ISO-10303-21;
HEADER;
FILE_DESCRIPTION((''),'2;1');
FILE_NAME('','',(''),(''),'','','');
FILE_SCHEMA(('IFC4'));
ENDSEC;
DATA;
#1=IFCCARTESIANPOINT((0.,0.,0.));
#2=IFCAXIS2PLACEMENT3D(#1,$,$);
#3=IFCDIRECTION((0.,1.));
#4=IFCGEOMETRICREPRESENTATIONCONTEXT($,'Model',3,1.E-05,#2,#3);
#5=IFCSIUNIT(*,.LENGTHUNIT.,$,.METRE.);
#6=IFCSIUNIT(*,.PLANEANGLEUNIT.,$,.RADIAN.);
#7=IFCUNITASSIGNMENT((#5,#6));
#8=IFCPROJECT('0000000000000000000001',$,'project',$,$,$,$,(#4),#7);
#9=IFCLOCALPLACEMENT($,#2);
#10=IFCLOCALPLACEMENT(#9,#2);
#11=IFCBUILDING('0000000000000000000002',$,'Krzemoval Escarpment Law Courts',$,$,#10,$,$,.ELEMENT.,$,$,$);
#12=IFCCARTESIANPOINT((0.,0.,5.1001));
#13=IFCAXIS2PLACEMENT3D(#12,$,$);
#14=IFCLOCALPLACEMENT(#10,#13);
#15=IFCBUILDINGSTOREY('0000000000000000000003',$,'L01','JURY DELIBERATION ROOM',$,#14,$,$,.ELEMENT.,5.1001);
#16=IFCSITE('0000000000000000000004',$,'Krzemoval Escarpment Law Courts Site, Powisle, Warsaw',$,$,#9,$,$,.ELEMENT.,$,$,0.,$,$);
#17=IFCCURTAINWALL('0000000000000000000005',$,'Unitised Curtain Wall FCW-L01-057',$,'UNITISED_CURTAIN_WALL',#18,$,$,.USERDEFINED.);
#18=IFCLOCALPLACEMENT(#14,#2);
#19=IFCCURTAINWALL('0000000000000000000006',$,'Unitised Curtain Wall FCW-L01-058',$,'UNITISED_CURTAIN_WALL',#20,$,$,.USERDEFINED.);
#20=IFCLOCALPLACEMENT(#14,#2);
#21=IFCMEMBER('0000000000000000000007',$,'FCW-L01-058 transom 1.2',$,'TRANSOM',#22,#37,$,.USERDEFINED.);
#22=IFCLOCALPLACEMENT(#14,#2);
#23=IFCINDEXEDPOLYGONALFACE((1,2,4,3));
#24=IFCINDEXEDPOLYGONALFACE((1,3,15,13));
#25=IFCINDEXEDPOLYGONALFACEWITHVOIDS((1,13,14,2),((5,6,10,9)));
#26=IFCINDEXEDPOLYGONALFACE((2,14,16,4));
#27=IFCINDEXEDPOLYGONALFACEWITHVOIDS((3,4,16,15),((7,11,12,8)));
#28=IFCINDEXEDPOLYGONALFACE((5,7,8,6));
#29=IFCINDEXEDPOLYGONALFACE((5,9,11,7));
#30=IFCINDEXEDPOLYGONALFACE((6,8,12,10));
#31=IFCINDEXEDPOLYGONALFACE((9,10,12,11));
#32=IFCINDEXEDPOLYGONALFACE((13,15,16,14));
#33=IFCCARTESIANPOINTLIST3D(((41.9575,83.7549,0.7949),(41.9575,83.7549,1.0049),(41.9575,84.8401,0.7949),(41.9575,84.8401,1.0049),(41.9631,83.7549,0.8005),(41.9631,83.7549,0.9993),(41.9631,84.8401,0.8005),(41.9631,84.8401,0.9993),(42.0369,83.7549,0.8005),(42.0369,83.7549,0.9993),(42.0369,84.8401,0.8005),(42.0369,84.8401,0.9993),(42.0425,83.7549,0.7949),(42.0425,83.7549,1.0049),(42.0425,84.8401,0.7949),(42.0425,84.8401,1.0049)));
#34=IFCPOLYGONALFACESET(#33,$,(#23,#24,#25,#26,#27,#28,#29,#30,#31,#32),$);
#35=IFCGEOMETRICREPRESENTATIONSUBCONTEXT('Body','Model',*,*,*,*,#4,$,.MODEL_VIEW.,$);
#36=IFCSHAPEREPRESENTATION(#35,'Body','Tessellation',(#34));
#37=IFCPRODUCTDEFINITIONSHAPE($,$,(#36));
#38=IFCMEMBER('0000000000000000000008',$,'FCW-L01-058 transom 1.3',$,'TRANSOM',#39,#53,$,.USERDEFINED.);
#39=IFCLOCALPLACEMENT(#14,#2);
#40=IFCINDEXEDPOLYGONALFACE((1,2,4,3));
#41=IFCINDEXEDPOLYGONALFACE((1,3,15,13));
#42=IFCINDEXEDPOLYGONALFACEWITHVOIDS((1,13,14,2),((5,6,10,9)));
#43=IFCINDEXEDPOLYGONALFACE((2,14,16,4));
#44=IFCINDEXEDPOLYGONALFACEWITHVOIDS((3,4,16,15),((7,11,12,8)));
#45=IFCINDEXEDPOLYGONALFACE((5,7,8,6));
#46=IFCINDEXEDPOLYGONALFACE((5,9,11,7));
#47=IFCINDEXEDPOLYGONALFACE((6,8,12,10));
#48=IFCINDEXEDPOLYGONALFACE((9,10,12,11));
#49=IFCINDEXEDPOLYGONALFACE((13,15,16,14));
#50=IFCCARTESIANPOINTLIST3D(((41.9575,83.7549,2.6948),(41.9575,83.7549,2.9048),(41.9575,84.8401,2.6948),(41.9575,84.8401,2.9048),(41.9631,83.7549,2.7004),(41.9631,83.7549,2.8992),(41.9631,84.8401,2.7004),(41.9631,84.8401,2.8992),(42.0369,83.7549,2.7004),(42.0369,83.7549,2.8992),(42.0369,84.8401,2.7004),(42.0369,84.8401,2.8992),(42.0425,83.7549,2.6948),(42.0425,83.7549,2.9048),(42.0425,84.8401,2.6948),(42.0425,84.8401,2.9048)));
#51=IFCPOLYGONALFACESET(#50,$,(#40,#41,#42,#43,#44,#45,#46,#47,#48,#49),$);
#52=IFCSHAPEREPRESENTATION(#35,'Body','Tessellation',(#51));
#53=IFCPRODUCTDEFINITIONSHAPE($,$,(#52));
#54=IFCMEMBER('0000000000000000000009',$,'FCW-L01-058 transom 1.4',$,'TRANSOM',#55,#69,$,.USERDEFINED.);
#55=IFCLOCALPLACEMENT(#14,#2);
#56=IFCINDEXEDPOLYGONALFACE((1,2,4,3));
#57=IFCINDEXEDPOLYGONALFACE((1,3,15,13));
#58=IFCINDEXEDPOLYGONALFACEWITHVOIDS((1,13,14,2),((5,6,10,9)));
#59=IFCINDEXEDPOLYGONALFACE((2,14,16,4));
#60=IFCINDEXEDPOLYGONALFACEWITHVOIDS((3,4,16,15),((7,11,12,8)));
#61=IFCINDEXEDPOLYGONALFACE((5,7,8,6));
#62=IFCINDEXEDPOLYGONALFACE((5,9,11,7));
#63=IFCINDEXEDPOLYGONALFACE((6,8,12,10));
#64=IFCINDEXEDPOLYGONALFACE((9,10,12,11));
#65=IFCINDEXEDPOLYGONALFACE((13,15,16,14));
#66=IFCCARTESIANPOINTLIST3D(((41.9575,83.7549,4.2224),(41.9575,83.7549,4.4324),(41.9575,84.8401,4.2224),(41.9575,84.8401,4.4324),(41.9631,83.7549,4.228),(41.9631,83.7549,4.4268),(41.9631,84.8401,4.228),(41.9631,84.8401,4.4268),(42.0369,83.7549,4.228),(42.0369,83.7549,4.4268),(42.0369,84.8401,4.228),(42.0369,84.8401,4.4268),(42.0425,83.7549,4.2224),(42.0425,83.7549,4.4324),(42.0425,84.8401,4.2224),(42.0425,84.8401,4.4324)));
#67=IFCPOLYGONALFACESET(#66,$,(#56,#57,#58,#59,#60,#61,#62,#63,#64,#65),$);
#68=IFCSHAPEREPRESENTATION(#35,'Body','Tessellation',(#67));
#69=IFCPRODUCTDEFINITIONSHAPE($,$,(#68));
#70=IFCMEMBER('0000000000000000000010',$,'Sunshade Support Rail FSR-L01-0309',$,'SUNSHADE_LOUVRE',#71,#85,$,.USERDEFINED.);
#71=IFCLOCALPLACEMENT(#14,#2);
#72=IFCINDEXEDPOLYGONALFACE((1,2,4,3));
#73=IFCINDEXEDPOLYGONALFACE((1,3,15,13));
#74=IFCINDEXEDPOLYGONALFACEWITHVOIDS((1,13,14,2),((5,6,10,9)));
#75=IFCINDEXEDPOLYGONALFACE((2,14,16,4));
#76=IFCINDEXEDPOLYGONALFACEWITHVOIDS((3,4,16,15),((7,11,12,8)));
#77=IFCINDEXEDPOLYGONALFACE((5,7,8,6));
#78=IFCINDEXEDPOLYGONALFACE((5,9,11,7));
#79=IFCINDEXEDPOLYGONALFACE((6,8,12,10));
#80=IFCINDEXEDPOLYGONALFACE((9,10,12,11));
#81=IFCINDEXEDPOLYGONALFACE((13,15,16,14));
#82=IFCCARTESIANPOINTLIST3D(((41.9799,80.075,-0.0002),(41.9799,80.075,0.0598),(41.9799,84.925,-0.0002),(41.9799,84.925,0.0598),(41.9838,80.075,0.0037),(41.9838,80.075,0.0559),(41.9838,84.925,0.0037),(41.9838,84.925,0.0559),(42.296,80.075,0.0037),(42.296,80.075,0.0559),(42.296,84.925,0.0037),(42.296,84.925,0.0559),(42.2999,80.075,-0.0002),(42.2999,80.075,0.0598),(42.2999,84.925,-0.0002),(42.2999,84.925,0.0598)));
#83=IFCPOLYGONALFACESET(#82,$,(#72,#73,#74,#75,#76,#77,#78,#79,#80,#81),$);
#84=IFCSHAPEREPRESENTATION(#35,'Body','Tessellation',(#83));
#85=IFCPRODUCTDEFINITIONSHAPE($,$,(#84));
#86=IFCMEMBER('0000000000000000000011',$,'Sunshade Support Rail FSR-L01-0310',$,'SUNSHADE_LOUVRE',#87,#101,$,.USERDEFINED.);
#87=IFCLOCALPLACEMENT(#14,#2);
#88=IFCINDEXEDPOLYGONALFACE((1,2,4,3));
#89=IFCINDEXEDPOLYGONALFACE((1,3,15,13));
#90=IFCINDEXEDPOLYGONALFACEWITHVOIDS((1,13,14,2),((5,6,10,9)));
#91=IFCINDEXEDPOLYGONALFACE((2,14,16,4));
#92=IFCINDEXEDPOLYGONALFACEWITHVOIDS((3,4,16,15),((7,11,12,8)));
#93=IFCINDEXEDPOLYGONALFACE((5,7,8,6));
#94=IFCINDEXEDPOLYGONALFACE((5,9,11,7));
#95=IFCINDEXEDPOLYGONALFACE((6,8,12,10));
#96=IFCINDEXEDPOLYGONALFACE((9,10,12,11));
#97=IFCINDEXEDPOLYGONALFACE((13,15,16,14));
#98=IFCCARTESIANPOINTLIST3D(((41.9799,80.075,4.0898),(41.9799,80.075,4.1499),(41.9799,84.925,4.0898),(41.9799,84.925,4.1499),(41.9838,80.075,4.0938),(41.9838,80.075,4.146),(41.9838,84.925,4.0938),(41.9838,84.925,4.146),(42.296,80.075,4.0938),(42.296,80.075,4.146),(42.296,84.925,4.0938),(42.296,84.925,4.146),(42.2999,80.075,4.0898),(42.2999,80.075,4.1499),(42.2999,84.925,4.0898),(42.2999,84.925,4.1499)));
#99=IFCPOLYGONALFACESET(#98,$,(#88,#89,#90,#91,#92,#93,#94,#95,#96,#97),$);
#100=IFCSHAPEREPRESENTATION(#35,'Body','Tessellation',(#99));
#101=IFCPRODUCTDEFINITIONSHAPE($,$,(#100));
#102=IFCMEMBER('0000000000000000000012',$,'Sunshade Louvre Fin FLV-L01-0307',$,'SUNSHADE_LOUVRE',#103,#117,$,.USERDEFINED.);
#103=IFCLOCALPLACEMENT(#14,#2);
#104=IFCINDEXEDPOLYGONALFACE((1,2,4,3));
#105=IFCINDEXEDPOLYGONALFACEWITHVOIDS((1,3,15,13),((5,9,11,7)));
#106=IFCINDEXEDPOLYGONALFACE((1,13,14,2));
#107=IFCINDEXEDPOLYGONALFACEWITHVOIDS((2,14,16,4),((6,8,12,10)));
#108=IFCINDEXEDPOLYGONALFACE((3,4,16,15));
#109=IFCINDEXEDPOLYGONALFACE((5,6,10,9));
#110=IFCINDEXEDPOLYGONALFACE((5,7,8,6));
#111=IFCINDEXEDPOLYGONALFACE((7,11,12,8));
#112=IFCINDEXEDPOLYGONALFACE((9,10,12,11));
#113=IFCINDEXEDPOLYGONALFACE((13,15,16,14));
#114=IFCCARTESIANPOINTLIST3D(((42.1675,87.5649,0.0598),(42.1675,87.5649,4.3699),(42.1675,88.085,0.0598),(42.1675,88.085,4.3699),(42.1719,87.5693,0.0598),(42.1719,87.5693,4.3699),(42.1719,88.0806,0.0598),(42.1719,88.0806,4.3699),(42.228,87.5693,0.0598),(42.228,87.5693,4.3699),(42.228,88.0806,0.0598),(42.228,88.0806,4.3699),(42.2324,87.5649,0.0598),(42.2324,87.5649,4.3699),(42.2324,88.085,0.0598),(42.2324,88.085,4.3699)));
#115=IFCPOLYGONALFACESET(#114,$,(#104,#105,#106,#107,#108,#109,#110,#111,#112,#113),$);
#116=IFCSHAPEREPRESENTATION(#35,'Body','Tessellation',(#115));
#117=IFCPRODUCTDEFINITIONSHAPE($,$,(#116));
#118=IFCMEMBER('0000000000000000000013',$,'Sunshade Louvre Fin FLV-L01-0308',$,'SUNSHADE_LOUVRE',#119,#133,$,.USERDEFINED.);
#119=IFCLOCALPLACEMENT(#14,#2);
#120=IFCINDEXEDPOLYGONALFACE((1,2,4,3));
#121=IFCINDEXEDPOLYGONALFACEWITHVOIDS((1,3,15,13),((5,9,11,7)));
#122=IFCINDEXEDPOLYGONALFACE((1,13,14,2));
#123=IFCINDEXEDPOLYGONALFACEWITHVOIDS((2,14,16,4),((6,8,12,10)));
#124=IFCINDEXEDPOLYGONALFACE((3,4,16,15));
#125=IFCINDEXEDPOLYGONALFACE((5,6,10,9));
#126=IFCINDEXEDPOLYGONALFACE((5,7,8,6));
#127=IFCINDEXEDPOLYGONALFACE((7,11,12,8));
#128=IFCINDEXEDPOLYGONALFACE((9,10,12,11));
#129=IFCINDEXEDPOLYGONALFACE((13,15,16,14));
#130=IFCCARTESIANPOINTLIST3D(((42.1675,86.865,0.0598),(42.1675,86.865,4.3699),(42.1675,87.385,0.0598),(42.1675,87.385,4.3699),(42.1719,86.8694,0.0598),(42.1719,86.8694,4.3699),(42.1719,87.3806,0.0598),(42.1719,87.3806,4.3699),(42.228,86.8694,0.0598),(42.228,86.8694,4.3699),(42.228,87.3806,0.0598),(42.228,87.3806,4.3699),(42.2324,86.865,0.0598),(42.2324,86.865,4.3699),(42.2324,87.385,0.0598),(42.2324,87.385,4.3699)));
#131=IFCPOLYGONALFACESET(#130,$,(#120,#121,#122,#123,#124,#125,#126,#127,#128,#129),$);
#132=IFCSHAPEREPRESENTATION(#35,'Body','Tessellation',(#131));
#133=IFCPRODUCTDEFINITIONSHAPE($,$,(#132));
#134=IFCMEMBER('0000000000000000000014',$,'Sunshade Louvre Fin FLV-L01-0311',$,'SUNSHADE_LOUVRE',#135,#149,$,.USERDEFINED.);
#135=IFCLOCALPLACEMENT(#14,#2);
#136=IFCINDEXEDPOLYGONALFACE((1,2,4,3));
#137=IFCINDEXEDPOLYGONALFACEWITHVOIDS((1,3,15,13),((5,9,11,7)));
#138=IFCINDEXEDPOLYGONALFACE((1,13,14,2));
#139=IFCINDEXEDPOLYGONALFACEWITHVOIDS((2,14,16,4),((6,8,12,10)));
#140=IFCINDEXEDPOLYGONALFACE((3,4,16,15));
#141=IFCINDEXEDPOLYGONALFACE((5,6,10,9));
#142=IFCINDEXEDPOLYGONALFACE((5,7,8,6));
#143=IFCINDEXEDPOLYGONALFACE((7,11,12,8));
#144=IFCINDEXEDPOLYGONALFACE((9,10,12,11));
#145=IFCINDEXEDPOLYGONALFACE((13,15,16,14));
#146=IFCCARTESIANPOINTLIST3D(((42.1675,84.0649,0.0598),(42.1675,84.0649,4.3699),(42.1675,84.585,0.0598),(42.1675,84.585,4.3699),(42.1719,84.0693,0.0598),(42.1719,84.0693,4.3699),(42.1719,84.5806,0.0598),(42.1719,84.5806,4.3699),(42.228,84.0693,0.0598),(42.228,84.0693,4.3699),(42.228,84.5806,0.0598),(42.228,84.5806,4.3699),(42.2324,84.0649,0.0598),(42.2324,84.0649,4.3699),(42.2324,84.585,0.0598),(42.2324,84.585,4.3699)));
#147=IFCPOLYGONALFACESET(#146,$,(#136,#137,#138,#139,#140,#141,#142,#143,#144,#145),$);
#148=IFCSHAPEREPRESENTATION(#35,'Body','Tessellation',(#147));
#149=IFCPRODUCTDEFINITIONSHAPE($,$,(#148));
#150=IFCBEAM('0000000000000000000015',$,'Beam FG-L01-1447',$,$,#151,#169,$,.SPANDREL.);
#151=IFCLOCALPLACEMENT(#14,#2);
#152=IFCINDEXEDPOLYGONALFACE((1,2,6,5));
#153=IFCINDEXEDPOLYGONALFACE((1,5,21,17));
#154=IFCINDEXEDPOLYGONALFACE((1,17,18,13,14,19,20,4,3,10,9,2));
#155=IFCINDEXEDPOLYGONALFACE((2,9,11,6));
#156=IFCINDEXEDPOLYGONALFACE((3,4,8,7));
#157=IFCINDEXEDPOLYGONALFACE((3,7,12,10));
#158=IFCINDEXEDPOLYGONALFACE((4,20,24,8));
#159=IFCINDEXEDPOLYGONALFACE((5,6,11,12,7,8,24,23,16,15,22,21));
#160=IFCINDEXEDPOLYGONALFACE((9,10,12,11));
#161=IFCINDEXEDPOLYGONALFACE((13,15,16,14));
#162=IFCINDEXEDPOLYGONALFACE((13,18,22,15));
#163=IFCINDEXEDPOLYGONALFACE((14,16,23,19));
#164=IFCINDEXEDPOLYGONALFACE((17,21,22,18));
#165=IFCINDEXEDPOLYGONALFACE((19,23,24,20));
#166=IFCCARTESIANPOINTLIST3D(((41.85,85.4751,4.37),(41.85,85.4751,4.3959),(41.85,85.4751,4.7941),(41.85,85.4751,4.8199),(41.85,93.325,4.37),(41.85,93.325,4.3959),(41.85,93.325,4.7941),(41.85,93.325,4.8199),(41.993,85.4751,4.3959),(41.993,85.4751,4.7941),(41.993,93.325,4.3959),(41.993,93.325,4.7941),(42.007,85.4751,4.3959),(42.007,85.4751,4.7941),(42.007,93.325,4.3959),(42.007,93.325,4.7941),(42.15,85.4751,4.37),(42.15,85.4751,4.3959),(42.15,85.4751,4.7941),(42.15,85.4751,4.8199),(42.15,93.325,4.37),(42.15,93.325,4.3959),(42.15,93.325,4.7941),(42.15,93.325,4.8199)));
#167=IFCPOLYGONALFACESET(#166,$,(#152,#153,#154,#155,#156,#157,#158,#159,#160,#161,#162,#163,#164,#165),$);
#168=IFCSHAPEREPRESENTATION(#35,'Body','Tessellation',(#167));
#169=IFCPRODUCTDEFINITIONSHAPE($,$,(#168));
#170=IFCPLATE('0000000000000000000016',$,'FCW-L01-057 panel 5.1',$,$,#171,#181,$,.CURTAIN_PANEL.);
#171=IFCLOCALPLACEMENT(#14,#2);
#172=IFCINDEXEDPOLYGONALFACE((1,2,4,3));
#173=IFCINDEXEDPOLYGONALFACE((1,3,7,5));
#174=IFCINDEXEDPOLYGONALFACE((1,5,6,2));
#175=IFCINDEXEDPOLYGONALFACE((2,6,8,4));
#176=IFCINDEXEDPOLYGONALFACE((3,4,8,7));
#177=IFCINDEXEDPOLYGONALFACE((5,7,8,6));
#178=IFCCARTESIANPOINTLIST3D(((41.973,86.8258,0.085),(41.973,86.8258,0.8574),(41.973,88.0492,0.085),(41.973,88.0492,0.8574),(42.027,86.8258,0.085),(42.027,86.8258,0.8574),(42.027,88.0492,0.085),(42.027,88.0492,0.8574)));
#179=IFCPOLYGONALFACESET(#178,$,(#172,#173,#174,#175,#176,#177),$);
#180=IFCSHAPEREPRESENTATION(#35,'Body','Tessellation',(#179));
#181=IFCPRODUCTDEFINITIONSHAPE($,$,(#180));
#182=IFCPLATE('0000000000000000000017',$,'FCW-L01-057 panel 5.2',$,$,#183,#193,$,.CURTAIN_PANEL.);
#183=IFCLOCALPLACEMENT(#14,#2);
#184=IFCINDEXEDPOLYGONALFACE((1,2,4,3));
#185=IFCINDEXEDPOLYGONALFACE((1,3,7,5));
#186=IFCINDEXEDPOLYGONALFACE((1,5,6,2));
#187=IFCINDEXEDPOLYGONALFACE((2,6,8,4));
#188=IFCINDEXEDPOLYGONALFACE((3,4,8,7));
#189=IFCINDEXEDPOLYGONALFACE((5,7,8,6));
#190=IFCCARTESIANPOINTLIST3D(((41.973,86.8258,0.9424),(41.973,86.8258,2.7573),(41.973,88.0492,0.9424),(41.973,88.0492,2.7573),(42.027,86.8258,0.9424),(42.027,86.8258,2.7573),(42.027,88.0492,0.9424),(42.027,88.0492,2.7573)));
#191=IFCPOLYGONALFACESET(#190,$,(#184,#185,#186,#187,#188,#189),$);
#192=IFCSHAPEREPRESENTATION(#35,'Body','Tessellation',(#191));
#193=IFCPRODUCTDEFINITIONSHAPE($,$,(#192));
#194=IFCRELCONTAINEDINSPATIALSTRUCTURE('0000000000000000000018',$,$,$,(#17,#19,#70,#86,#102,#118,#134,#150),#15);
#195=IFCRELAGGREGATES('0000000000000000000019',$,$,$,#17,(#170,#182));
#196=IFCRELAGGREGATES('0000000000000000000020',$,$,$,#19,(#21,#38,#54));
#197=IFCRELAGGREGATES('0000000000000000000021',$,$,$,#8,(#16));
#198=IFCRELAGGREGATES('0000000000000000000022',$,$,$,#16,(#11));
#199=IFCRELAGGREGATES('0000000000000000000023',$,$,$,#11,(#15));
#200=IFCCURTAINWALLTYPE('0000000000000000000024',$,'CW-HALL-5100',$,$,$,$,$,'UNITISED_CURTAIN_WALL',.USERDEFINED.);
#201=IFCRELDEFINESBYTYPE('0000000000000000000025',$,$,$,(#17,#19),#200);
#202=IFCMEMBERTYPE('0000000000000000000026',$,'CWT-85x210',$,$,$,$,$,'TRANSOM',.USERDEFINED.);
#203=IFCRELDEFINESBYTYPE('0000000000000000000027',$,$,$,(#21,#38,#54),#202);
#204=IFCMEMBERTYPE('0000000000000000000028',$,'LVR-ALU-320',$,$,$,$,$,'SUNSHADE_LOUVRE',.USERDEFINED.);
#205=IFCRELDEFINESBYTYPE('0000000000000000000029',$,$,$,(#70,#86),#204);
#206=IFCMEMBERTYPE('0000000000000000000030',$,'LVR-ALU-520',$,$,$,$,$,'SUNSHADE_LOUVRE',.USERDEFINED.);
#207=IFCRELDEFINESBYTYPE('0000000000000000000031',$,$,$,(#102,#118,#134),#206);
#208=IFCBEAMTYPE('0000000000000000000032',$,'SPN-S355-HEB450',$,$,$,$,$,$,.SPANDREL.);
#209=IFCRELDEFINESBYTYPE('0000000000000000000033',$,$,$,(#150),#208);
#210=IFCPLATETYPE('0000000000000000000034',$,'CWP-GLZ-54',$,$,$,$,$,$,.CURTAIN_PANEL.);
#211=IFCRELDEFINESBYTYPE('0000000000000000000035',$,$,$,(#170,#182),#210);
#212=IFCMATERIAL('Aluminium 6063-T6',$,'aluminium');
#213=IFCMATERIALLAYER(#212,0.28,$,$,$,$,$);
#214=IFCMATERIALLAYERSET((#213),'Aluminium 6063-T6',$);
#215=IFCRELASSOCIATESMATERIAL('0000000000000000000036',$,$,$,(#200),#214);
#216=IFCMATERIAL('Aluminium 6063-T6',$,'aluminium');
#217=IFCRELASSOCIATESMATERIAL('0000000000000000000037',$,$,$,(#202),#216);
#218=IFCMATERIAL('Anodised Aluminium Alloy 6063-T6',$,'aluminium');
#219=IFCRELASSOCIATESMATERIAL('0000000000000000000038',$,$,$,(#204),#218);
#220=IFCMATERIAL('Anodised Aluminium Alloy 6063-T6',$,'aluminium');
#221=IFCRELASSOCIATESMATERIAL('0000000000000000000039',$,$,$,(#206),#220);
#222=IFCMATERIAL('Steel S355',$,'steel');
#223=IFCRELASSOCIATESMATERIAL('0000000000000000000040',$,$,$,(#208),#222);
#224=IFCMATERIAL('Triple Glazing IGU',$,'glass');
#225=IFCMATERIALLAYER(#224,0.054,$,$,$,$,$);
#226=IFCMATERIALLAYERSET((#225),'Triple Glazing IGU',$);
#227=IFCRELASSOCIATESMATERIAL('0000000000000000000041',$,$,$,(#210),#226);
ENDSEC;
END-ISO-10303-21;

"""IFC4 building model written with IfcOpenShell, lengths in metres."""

from ifc_helpers import new_model, si_unit, direction, frame, origin, origin_2d, place, context, subcontext, project, spatial, rectangle, hollow_rectangle, i_section, extrude, material, layer, layer_set, material_profile, profile_set, type_object, element, aggregate, save


model = new_model("IFC4")

# Units and contexts
model_context = context("Model", 3, precision=1e-05, world=origin(), true_north=direction((0.0, 1.0)))
body_context = subcontext(model_context, "Body", "Model", "MODEL_VIEW")
ifc_project = project(units=[si_unit("LENGTHUNIT", "METRE"), si_unit("PLANEANGLEUNIT", "RADIAN")], contexts=[model_context])

# Site, building, storey
site_placement = place(None, origin())
site = spatial("IfcSite", under=ifc_project, at=site_placement, Name="Krzemoval Escarpment Law Courts Site, Powisle, Warsaw", CompositionType="ELEMENT", RefElevation=0.0)
building_placement = place(site_placement, origin())
building = spatial("IfcBuilding", under=site, at=building_placement, Name="Krzemoval Escarpment Law Courts", CompositionType="ELEMENT")
storey_placement = place(building_placement, frame((0.0, 0.0, 5.1001)))
storey = spatial("IfcBuildingStorey", under=building, at=storey_placement, Name="L01", Description="JURY DELIBERATION ROOM", CompositionType="ELEMENT", Elevation=5.1001)

# Curtain walls
ifc_material_1 = material(Name="Aluminium 6063-T6", Category="aluminium")
ifc_layer_1 = layer(ifc_material_1, 0.28)
ifc_layer_set_1 = layer_set([ifc_layer_1], Name="Aluminium 6063-T6")
curtain_wall_type = type_object("IfcCurtainWallType", Name="CW-HALL-5100", ElementType="UNITISED_CURTAIN_WALL", PredefinedType="USERDEFINED", material=ifc_layer_set_1)
curtain_wall_1_placement = place(storey_placement, origin())
curtain_wall_1 = element("IfcCurtainWall", 1, at=curtain_wall_1_placement, inside=storey, type_object=curtain_wall_type, Name="Unitised Curtain Wall FCW-L01-057", ObjectType="UNITISED_CURTAIN_WALL", PredefinedType="USERDEFINED")
curtain_wall_2_placement = place(storey_placement, origin())
curtain_wall_2 = element("IfcCurtainWall", 2, at=curtain_wall_2_placement, inside=storey, type_object=curtain_wall_type, Name="Unitised Curtain Wall FCW-L01-058", ObjectType="UNITISED_CURTAIN_WALL", PredefinedType="USERDEFINED")

# Members
ifc_material_2 = material(Name="Aluminium 6063-T6", Category="aluminium")
ifc_material_profile_1 = material_profile(ifc_material_2, hollow_rectangle(XDim=0.085, YDim=0.21, WallThickness=0.0056, at=origin_2d()), Name="ALU T85x210")
ifc_profile_set_1 = profile_set([ifc_material_profile_1], Name="Aluminium 6063-T6")
member_type_1 = type_object("IfcMemberType", Name="CWT-85x210", ElementType="TRANSOM", PredefinedType="USERDEFINED", material=ifc_profile_set_1)
member_1_placement = place(storey_placement, frame((42.0, 84.8401, 0.8999), z_axis=(0.0, -1.0, 0.0), x_axis=(1.0, 0.0, 0.0)))
member_1 = element("IfcMember", 3, at=member_1_placement, type_object=member_type_1, Name="FCW-L01-058 transom 1.2", ObjectType="TRANSOM", PredefinedType="USERDEFINED", context=body_context, shape_type="SweptSolid", body=[
    extrude(hollow_rectangle(XDim=0.085, YDim=0.21, WallThickness=0.0056, at=origin_2d()), origin(), (0.0, 0.0, 1.0), 1.0852),
])
member_2_placement = place(storey_placement, frame((42.0, 84.8401, 2.7998), z_axis=(0.0, -1.0, 0.0), x_axis=(1.0, 0.0, 0.0)))
member_2 = element("IfcMember", 4, at=member_2_placement, type_object=member_type_1, Name="FCW-L01-058 transom 1.3", ObjectType="TRANSOM", PredefinedType="USERDEFINED", context=body_context, shape_type="SweptSolid", body=[
    extrude(hollow_rectangle(XDim=0.085, YDim=0.21, WallThickness=0.0056, at=origin_2d()), origin(), (0.0, 0.0, 1.0), 1.0852),
])
member_3_placement = place(storey_placement, frame((42.0, 84.8401, 4.3274), z_axis=(0.0, -1.0, 0.0), x_axis=(1.0, 0.0, 0.0)))
member_3 = element("IfcMember", 5, at=member_3_placement, type_object=member_type_1, Name="FCW-L01-058 transom 1.4", ObjectType="TRANSOM", PredefinedType="USERDEFINED", context=body_context, shape_type="SweptSolid", body=[
    extrude(hollow_rectangle(XDim=0.085, YDim=0.21, WallThickness=0.0056, at=origin_2d()), origin(), (0.0, 0.0, 1.0), 1.0852),
])

# Members
ifc_material_3 = material(Name="Anodised Aluminium Alloy 6063-T6", Category="aluminium")
ifc_material_profile_2 = material_profile(ifc_material_3, hollow_rectangle(XDim=0.0601, YDim=0.3201, WallThickness=0.0039, at=origin_2d()), Name="ALU LVR 60x320")
ifc_profile_set_2 = profile_set([ifc_material_profile_2], Name="Anodised Aluminium Alloy 6063-T6")
member_type_2 = type_object("IfcMemberType", Name="LVR-ALU-320", ElementType="SUNSHADE_LOUVRE", PredefinedType="USERDEFINED", material=ifc_profile_set_2)
for number, where, z_axis, x_axis, name in (
    (6, (42.1399, 84.925, 0.0298), (0.0, -1.0, 0.0), (0.0, 0.0, 1.0), "Sunshade Support Rail FSR-L01-0309"),
    (7, (42.1399, 84.925, 4.1199), (0.0, -1.0, 0.0), (0.0, 0.0, 1.0), "Sunshade Support Rail FSR-L01-0310"),
):
    element("IfcMember", number, at=place(storey_placement, frame(where, z_axis=z_axis, x_axis=x_axis)), inside=storey, type_object=member_type_2, Name=name, ObjectType="SUNSHADE_LOUVRE", PredefinedType="USERDEFINED", context=body_context, shape_type="SweptSolid", body=[
        extrude(hollow_rectangle(XDim=0.0601, YDim=0.3201, WallThickness=0.0039, at=origin_2d()), origin(), (0.0, 0.0, 1.0), 4.8501),
    ])
ifc_material_4 = material(Name="Anodised Aluminium Alloy 6063-T6", Category="aluminium")
ifc_material_profile_3 = material_profile(ifc_material_4, hollow_rectangle(XDim=0.0649, YDim=0.52, WallThickness=0.0044, at=origin_2d()), Name="ALU LVR 65x520")
ifc_profile_set_3 = profile_set([ifc_material_profile_3], Name="Anodised Aluminium Alloy 6063-T6")
member_type_3 = type_object("IfcMemberType", Name="LVR-ALU-520", ElementType="SUNSHADE_LOUVRE", PredefinedType="USERDEFINED", material=ifc_profile_set_3)
for number, where, z_axis, x_axis, name in (
    (8, (42.2, 87.825, 0.0598), (0.0, 0.0, 1.0), (1.0, 0.0, 0.0), "Sunshade Louvre Fin FLV-L01-0307"),
    (9, (42.2, 87.125, 0.0598), (0.0, 0.0, 1.0), (1.0, 0.0, 0.0), "Sunshade Louvre Fin FLV-L01-0308"),
    (10, (42.2, 84.325, 0.0598), (0.0, 0.0, 1.0), (1.0, 0.0, 0.0), "Sunshade Louvre Fin FLV-L01-0311"),
):
    element("IfcMember", number, at=place(storey_placement, frame(where, z_axis=z_axis, x_axis=x_axis)), inside=storey, type_object=member_type_3, Name=name, ObjectType="SUNSHADE_LOUVRE", PredefinedType="USERDEFINED", context=body_context, shape_type="SweptSolid", body=[
        extrude(hollow_rectangle(XDim=0.0649, YDim=0.52, WallThickness=0.0044, at=origin_2d()), origin(), (0.0, 0.0, 1.0), 4.3101),
    ])

# Beam
ifc_material_5 = material(Name="Steel S355", Category="steel")
ifc_material_profile_4 = material_profile(ifc_material_5, i_section(OverallWidth=0.3, OverallDepth=0.45, WebThickness=0.0139, FlangeThickness=0.0259, at=origin_2d()), Name="HEB 450")
ifc_profile_set_4 = profile_set([ifc_material_profile_4], Name="Steel S355")
beam_type = type_object("IfcBeamType", Name="SPN-S355-HEB450", PredefinedType="SPANDREL", material=ifc_profile_set_4)
beam_placement = place(storey_placement, frame((42.0, 85.4751, 4.595), z_axis=(0.0, 1.0, 0.0), x_axis=(-1.0, 0.0, 0.0)))
element("IfcBeam", 11, at=beam_placement, inside=storey, type_object=beam_type, Name="Beam FG-L01-1447", PredefinedType="SPANDREL", context=body_context, shape_type="SweptSolid", body=[
    extrude(i_section(OverallWidth=0.3, OverallDepth=0.45, WebThickness=0.0139, FlangeThickness=0.0259, at=origin_2d()), origin(), (0.0, 0.0, 1.0), 7.8499),
])

# Plates
ifc_material_6 = material(Name="Triple Glazing IGU", Category="glass")
ifc_layer_2 = layer(ifc_material_6, 0.054)
ifc_layer_set_2 = layer_set([ifc_layer_2], Name="Triple Glazing IGU")
plate_type = type_object("IfcPlateType", Name="CWP-GLZ-54", PredefinedType="CURTAIN_PANEL", material=ifc_layer_set_2)
plate_1_placement = place(storey_placement, frame((42.0, 87.4375, 0.085), z_axis=(0.0, 0.0, 1.0), x_axis=(0.0, -1.0, 0.0)))
plate_1 = element("IfcPlate", 12, at=plate_1_placement, type_object=plate_type, Name="FCW-L01-057 panel 5.1", PredefinedType="CURTAIN_PANEL", context=body_context, shape_type="SweptSolid", body=[
    extrude(rectangle(XDim=1.2234, YDim=0.054, at=origin_2d()), origin(), (0.0, 0.0, 1.0), 0.7725),
])
plate_2_placement = place(storey_placement, frame((42.0, 87.4375, 0.9424), z_axis=(0.0, 0.0, 1.0), x_axis=(0.0, -1.0, 0.0)))
plate_2 = element("IfcPlate", 13, at=plate_2_placement, type_object=plate_type, Name="FCW-L01-057 panel 5.2", PredefinedType="CURTAIN_PANEL", context=body_context, shape_type="SweptSolid", body=[
    extrude(rectangle(XDim=1.2234, YDim=0.054, at=origin_2d()), origin(), (0.0, 0.0, 1.0), 1.8149),
])
aggregate(curtain_wall_1, [plate_1, plate_2])
aggregate(curtain_wall_2, [member_1, member_2, member_3])

save(model, "model.ifc")
